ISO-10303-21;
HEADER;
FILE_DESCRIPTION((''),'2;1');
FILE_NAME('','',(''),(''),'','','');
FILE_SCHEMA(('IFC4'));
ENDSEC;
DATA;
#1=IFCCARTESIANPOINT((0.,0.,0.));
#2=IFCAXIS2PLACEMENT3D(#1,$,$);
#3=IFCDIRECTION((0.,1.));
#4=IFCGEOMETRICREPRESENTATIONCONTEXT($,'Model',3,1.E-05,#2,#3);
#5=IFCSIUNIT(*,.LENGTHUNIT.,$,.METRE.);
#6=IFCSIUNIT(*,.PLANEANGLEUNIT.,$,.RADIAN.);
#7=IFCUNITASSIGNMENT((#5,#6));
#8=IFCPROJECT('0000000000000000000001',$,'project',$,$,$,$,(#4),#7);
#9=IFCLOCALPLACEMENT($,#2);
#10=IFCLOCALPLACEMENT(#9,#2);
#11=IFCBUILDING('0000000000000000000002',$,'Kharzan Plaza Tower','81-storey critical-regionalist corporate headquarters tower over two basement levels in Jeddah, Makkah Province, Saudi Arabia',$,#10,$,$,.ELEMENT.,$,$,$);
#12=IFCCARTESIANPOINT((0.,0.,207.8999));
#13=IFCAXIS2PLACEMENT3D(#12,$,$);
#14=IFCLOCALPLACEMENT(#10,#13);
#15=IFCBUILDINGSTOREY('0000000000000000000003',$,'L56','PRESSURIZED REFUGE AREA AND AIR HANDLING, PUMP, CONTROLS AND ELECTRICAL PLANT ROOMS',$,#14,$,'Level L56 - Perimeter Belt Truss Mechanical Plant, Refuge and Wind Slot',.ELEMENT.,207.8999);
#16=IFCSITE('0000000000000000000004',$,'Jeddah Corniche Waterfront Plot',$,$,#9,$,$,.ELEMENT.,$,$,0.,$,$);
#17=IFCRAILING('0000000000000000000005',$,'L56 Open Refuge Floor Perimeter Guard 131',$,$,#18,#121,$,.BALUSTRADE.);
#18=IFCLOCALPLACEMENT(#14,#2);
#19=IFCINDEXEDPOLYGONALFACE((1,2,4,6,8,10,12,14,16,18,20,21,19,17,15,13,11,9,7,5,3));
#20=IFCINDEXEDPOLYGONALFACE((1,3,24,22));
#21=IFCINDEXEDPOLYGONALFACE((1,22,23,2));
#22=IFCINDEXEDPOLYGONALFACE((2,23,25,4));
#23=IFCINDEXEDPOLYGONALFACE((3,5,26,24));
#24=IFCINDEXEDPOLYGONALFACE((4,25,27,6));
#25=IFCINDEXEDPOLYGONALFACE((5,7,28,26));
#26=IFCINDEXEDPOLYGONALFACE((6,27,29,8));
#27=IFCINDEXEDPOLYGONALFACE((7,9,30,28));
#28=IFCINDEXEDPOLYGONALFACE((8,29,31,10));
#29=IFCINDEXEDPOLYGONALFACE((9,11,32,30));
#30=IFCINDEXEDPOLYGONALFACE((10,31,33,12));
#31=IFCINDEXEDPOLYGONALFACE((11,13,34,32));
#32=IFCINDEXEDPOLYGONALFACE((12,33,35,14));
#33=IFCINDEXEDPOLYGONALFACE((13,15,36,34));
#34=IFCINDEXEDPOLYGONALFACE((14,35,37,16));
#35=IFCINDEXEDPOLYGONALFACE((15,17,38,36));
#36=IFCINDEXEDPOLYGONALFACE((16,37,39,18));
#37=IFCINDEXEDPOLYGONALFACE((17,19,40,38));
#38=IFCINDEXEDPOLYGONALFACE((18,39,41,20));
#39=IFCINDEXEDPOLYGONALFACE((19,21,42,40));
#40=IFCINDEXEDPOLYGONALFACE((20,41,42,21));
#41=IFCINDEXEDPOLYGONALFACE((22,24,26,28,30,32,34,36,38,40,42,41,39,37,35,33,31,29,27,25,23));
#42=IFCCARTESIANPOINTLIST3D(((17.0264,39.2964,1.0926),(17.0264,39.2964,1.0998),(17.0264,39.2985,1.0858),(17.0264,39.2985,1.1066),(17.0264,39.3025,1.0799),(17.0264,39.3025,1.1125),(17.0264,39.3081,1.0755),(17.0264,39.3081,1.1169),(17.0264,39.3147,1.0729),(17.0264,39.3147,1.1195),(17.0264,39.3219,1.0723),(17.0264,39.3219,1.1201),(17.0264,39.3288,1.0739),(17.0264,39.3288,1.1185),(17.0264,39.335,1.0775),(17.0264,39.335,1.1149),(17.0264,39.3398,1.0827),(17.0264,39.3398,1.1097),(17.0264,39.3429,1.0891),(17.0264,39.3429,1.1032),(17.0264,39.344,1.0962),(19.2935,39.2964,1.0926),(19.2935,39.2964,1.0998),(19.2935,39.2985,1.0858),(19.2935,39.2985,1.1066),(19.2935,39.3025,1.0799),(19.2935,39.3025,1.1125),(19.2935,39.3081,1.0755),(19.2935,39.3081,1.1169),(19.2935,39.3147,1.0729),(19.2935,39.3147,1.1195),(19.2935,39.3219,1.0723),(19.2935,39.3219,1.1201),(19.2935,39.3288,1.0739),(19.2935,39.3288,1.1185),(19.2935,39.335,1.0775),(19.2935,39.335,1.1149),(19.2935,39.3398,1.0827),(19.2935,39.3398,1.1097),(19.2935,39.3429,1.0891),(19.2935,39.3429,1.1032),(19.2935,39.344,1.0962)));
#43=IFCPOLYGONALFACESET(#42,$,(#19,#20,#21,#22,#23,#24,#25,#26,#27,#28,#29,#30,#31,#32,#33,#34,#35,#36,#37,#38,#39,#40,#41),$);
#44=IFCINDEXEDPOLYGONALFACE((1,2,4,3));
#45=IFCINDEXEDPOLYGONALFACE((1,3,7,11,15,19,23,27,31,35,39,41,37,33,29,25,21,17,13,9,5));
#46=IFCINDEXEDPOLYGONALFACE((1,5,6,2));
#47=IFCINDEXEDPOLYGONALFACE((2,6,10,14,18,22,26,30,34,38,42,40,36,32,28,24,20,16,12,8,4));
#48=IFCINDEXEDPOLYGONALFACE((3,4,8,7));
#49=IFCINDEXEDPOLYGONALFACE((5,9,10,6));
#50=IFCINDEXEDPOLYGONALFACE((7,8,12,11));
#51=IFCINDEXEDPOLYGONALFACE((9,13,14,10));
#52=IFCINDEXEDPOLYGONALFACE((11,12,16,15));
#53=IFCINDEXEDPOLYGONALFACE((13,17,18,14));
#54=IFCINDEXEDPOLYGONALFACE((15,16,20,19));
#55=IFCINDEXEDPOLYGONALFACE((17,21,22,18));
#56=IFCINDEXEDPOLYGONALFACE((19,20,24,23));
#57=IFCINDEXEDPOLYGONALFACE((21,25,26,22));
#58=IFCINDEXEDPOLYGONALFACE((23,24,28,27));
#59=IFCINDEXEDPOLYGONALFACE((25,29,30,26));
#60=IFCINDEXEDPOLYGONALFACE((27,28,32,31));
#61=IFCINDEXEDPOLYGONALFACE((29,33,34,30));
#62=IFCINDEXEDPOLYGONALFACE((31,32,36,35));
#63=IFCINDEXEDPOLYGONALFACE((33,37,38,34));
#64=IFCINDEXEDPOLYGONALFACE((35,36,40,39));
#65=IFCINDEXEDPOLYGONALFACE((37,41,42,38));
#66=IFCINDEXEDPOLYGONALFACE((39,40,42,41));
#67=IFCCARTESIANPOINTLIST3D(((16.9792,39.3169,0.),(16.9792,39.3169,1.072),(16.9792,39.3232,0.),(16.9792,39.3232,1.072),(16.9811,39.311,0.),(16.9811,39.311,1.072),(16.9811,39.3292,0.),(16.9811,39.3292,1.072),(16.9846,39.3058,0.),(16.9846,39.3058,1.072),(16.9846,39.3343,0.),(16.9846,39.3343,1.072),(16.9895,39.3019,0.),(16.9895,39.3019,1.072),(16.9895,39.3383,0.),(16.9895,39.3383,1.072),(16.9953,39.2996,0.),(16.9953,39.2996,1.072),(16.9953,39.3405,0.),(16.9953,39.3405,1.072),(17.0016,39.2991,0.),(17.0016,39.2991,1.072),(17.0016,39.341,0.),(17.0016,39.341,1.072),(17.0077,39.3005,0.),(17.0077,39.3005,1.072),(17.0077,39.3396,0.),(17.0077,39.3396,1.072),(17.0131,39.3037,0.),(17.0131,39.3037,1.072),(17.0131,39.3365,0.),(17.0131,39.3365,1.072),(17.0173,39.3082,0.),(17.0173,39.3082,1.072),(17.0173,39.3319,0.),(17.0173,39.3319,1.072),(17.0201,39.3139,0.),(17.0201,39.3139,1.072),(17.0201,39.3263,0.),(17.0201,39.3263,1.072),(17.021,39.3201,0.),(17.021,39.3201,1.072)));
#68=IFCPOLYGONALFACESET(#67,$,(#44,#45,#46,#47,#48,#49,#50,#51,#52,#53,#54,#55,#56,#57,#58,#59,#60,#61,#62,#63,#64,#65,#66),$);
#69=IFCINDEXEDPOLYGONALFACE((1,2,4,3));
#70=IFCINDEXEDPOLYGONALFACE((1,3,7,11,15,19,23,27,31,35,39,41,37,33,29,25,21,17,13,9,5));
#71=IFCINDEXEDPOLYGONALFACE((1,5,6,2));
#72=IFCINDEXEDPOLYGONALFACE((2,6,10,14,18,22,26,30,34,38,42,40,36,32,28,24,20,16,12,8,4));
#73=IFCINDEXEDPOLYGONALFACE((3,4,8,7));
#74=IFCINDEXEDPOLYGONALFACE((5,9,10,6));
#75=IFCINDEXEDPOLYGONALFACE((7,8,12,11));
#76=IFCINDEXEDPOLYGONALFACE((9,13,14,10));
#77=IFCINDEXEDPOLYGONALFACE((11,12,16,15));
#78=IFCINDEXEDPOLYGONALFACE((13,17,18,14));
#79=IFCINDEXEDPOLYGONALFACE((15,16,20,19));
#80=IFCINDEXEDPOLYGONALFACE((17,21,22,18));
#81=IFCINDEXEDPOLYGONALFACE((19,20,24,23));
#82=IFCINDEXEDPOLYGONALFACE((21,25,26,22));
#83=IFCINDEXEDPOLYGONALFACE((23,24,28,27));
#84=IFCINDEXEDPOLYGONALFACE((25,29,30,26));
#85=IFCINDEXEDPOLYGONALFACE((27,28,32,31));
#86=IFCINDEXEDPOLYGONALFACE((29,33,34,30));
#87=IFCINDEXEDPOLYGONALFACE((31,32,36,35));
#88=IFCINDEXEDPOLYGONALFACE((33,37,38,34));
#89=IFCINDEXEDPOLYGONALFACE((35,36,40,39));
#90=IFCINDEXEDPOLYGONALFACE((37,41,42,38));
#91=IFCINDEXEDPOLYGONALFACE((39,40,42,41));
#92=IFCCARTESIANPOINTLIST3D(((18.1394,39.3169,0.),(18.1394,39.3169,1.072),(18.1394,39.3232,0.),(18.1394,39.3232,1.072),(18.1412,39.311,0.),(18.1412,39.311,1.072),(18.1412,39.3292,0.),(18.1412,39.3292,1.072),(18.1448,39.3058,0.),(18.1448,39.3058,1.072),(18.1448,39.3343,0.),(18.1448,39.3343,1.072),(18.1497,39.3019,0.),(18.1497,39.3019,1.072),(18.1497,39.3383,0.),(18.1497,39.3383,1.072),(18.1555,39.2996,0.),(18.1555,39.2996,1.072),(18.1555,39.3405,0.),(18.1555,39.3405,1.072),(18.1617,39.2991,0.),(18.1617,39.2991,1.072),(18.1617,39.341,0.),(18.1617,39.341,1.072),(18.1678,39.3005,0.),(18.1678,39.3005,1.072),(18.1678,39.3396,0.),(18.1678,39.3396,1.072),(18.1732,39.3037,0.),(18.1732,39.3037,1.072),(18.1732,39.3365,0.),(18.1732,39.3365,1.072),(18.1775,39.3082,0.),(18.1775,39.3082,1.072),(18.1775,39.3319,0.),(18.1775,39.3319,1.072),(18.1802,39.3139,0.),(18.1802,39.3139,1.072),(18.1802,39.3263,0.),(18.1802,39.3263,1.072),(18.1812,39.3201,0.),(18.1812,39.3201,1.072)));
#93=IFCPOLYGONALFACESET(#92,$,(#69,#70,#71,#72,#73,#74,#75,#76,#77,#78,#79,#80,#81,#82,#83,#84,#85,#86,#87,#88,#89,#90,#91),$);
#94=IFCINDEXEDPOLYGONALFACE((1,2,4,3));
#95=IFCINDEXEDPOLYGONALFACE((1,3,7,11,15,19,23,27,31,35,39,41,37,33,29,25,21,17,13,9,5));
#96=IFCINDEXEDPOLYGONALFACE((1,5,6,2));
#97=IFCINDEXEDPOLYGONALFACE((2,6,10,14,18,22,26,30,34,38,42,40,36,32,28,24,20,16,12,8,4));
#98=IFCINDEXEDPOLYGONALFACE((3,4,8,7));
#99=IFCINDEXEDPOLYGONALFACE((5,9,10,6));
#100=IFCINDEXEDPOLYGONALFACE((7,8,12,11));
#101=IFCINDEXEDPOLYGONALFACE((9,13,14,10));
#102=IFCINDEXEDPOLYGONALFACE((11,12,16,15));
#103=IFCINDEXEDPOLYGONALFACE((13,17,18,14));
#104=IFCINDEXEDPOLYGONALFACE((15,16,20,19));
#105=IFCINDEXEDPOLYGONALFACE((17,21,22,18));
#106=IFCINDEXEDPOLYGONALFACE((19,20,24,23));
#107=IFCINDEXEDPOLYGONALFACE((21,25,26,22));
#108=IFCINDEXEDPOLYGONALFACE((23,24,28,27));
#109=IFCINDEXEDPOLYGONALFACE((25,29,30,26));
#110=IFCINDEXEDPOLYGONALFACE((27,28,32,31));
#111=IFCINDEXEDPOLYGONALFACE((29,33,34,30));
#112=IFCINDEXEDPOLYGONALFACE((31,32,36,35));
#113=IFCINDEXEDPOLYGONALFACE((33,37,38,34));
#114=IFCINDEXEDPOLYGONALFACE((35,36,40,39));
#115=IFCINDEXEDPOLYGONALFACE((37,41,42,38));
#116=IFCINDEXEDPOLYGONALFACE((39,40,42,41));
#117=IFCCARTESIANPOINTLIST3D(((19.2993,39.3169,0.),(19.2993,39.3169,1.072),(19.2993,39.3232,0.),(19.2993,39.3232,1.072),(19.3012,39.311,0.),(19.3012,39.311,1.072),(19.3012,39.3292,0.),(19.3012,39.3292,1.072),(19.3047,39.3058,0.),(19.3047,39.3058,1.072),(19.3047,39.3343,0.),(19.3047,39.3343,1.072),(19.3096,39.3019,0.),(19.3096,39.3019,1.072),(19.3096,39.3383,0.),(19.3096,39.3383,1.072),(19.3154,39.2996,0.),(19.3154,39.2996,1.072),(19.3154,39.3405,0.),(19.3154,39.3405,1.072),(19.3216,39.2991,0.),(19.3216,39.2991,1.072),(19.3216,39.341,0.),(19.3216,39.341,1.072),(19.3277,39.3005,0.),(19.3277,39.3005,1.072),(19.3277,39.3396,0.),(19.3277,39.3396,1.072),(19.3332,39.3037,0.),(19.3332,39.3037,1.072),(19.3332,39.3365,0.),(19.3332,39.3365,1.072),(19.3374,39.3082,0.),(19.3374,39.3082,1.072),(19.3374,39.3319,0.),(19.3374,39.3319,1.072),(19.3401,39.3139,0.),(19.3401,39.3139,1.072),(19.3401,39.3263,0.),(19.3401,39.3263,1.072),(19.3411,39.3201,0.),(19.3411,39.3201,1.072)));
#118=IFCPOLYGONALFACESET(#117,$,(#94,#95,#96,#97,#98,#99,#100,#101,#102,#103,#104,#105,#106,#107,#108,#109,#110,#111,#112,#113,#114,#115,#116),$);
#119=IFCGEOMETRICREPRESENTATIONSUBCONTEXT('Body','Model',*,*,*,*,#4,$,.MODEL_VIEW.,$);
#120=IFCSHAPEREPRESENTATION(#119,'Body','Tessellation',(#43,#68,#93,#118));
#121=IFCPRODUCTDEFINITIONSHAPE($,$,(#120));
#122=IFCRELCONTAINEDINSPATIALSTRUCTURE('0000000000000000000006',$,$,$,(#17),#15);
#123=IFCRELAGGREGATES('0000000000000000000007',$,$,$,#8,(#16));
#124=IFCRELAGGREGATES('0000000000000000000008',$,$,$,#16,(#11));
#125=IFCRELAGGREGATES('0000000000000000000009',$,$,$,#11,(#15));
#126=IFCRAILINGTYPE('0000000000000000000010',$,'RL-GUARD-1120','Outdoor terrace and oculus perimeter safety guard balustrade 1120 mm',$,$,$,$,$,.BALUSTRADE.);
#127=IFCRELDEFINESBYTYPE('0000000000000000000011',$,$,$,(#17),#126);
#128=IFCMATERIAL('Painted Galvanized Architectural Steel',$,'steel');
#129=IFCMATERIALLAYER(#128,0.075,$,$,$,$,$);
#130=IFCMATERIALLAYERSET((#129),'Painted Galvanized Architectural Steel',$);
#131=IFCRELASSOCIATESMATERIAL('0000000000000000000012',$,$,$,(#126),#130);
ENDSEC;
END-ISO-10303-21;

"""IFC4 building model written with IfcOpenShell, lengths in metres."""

from ifc_helpers import new_model, si_unit, direction, frame, origin, origin_2d, place, context, subcontext, project, spatial, circle, extrude, source, transform, mapped, material, layer, layer_set, type_object, element, save


model = new_model("IFC4")

# Units and contexts
model_context = context("Model", 3, precision=1e-05, world=origin(), true_north=direction((0.0, 1.0)))
body_context = subcontext(model_context, "Body", "Model", "MODEL_VIEW")
ifc_project = project(units=[si_unit("LENGTHUNIT", "METRE"), si_unit("PLANEANGLEUNIT", "RADIAN")], contexts=[model_context])

# Site, building, storey
site_placement = place(None, origin())
site = spatial("IfcSite", under=ifc_project, at=site_placement, Name="Jeddah Corniche Waterfront Plot", CompositionType="ELEMENT", RefElevation=0.0)
building_placement = place(site_placement, origin())
building = spatial("IfcBuilding", under=site, at=building_placement, Name="Kharzan Plaza Tower", Description="81-storey critical-regionalist corporate headquarters tower over two basement levels in Jeddah, Makkah Province, Saudi Arabia", CompositionType="ELEMENT")
storey_placement = place(building_placement, frame((0.0, 0.0, 207.8999)))
storey = spatial("IfcBuildingStorey", under=building, at=storey_placement, Name="L56", Description="PRESSURIZED REFUGE AREA AND AIR HANDLING, PUMP, CONTROLS AND ELECTRICAL PLANT ROOMS", LongName="Level L56 - Perimeter Belt Truss Mechanical Plant, Refuge and Wind Slot", CompositionType="ELEMENT", Elevation=207.8999)

# Railing
ifc_material_1 = material(Name="Painted Galvanized Architectural Steel", Category="steel")
ifc_layer_1 = layer(ifc_material_1, 0.075)
ifc_layer_set_1 = layer_set([ifc_layer_1], Name="Painted Galvanized Architectural Steel")
railing_type_1 = type_object("IfcRailingType", Name="RL-GUARD-1120", Description="Outdoor terrace and oculus perimeter safety guard balustrade 1120 mm", PredefinedType="BALUSTRADE", material=ifc_layer_set_1)
shared_shape_1 = source(origin(), body_context, "Body", "SweptSolid", [
    extrude(circle(Radius=0.0239, at=origin_2d()), frame((0.0264, 0.0, 1.0962), z_axis=(1.0, 0.0, 0.0), x_axis=(0.0, 1.0, 0.0)), (0.0, 0.0, 1.0), 2.2671),
    extrude(circle(Radius=0.021, at=origin_2d()), origin(), (0.0, 0.0, 1.0), 1.072),
    extrude(circle(Radius=0.021, at=origin_2d()), frame((1.1602, 0.0, 0.0)), (0.0, 0.0, 1.0), 1.072),
    extrude(circle(Radius=0.021, at=origin_2d()), frame((2.3201, 0.0, 0.0)), (0.0, 0.0, 1.0), 1.072),
])
railing_1_placement = place(storey_placement, frame((17.0, 39.3201, 0.0)))
element("IfcRailing", 1, at=railing_1_placement, inside=storey, type_object=railing_type_1, Name="L56 Open Refuge Floor Perimeter Guard 131", PredefinedType="BALUSTRADE", context=body_context, shape_type="MappedRepresentation", body=[
    mapped(shared_shape_1, transform((0.0, 0.0, 0.0), x_axis=(1.0, 0.0, 0.0), y_axis=(0.0, 1.0, 0.0), z_axis=(0.0, 0.0, 1.0))),
])

save(model, "model.ifc")
